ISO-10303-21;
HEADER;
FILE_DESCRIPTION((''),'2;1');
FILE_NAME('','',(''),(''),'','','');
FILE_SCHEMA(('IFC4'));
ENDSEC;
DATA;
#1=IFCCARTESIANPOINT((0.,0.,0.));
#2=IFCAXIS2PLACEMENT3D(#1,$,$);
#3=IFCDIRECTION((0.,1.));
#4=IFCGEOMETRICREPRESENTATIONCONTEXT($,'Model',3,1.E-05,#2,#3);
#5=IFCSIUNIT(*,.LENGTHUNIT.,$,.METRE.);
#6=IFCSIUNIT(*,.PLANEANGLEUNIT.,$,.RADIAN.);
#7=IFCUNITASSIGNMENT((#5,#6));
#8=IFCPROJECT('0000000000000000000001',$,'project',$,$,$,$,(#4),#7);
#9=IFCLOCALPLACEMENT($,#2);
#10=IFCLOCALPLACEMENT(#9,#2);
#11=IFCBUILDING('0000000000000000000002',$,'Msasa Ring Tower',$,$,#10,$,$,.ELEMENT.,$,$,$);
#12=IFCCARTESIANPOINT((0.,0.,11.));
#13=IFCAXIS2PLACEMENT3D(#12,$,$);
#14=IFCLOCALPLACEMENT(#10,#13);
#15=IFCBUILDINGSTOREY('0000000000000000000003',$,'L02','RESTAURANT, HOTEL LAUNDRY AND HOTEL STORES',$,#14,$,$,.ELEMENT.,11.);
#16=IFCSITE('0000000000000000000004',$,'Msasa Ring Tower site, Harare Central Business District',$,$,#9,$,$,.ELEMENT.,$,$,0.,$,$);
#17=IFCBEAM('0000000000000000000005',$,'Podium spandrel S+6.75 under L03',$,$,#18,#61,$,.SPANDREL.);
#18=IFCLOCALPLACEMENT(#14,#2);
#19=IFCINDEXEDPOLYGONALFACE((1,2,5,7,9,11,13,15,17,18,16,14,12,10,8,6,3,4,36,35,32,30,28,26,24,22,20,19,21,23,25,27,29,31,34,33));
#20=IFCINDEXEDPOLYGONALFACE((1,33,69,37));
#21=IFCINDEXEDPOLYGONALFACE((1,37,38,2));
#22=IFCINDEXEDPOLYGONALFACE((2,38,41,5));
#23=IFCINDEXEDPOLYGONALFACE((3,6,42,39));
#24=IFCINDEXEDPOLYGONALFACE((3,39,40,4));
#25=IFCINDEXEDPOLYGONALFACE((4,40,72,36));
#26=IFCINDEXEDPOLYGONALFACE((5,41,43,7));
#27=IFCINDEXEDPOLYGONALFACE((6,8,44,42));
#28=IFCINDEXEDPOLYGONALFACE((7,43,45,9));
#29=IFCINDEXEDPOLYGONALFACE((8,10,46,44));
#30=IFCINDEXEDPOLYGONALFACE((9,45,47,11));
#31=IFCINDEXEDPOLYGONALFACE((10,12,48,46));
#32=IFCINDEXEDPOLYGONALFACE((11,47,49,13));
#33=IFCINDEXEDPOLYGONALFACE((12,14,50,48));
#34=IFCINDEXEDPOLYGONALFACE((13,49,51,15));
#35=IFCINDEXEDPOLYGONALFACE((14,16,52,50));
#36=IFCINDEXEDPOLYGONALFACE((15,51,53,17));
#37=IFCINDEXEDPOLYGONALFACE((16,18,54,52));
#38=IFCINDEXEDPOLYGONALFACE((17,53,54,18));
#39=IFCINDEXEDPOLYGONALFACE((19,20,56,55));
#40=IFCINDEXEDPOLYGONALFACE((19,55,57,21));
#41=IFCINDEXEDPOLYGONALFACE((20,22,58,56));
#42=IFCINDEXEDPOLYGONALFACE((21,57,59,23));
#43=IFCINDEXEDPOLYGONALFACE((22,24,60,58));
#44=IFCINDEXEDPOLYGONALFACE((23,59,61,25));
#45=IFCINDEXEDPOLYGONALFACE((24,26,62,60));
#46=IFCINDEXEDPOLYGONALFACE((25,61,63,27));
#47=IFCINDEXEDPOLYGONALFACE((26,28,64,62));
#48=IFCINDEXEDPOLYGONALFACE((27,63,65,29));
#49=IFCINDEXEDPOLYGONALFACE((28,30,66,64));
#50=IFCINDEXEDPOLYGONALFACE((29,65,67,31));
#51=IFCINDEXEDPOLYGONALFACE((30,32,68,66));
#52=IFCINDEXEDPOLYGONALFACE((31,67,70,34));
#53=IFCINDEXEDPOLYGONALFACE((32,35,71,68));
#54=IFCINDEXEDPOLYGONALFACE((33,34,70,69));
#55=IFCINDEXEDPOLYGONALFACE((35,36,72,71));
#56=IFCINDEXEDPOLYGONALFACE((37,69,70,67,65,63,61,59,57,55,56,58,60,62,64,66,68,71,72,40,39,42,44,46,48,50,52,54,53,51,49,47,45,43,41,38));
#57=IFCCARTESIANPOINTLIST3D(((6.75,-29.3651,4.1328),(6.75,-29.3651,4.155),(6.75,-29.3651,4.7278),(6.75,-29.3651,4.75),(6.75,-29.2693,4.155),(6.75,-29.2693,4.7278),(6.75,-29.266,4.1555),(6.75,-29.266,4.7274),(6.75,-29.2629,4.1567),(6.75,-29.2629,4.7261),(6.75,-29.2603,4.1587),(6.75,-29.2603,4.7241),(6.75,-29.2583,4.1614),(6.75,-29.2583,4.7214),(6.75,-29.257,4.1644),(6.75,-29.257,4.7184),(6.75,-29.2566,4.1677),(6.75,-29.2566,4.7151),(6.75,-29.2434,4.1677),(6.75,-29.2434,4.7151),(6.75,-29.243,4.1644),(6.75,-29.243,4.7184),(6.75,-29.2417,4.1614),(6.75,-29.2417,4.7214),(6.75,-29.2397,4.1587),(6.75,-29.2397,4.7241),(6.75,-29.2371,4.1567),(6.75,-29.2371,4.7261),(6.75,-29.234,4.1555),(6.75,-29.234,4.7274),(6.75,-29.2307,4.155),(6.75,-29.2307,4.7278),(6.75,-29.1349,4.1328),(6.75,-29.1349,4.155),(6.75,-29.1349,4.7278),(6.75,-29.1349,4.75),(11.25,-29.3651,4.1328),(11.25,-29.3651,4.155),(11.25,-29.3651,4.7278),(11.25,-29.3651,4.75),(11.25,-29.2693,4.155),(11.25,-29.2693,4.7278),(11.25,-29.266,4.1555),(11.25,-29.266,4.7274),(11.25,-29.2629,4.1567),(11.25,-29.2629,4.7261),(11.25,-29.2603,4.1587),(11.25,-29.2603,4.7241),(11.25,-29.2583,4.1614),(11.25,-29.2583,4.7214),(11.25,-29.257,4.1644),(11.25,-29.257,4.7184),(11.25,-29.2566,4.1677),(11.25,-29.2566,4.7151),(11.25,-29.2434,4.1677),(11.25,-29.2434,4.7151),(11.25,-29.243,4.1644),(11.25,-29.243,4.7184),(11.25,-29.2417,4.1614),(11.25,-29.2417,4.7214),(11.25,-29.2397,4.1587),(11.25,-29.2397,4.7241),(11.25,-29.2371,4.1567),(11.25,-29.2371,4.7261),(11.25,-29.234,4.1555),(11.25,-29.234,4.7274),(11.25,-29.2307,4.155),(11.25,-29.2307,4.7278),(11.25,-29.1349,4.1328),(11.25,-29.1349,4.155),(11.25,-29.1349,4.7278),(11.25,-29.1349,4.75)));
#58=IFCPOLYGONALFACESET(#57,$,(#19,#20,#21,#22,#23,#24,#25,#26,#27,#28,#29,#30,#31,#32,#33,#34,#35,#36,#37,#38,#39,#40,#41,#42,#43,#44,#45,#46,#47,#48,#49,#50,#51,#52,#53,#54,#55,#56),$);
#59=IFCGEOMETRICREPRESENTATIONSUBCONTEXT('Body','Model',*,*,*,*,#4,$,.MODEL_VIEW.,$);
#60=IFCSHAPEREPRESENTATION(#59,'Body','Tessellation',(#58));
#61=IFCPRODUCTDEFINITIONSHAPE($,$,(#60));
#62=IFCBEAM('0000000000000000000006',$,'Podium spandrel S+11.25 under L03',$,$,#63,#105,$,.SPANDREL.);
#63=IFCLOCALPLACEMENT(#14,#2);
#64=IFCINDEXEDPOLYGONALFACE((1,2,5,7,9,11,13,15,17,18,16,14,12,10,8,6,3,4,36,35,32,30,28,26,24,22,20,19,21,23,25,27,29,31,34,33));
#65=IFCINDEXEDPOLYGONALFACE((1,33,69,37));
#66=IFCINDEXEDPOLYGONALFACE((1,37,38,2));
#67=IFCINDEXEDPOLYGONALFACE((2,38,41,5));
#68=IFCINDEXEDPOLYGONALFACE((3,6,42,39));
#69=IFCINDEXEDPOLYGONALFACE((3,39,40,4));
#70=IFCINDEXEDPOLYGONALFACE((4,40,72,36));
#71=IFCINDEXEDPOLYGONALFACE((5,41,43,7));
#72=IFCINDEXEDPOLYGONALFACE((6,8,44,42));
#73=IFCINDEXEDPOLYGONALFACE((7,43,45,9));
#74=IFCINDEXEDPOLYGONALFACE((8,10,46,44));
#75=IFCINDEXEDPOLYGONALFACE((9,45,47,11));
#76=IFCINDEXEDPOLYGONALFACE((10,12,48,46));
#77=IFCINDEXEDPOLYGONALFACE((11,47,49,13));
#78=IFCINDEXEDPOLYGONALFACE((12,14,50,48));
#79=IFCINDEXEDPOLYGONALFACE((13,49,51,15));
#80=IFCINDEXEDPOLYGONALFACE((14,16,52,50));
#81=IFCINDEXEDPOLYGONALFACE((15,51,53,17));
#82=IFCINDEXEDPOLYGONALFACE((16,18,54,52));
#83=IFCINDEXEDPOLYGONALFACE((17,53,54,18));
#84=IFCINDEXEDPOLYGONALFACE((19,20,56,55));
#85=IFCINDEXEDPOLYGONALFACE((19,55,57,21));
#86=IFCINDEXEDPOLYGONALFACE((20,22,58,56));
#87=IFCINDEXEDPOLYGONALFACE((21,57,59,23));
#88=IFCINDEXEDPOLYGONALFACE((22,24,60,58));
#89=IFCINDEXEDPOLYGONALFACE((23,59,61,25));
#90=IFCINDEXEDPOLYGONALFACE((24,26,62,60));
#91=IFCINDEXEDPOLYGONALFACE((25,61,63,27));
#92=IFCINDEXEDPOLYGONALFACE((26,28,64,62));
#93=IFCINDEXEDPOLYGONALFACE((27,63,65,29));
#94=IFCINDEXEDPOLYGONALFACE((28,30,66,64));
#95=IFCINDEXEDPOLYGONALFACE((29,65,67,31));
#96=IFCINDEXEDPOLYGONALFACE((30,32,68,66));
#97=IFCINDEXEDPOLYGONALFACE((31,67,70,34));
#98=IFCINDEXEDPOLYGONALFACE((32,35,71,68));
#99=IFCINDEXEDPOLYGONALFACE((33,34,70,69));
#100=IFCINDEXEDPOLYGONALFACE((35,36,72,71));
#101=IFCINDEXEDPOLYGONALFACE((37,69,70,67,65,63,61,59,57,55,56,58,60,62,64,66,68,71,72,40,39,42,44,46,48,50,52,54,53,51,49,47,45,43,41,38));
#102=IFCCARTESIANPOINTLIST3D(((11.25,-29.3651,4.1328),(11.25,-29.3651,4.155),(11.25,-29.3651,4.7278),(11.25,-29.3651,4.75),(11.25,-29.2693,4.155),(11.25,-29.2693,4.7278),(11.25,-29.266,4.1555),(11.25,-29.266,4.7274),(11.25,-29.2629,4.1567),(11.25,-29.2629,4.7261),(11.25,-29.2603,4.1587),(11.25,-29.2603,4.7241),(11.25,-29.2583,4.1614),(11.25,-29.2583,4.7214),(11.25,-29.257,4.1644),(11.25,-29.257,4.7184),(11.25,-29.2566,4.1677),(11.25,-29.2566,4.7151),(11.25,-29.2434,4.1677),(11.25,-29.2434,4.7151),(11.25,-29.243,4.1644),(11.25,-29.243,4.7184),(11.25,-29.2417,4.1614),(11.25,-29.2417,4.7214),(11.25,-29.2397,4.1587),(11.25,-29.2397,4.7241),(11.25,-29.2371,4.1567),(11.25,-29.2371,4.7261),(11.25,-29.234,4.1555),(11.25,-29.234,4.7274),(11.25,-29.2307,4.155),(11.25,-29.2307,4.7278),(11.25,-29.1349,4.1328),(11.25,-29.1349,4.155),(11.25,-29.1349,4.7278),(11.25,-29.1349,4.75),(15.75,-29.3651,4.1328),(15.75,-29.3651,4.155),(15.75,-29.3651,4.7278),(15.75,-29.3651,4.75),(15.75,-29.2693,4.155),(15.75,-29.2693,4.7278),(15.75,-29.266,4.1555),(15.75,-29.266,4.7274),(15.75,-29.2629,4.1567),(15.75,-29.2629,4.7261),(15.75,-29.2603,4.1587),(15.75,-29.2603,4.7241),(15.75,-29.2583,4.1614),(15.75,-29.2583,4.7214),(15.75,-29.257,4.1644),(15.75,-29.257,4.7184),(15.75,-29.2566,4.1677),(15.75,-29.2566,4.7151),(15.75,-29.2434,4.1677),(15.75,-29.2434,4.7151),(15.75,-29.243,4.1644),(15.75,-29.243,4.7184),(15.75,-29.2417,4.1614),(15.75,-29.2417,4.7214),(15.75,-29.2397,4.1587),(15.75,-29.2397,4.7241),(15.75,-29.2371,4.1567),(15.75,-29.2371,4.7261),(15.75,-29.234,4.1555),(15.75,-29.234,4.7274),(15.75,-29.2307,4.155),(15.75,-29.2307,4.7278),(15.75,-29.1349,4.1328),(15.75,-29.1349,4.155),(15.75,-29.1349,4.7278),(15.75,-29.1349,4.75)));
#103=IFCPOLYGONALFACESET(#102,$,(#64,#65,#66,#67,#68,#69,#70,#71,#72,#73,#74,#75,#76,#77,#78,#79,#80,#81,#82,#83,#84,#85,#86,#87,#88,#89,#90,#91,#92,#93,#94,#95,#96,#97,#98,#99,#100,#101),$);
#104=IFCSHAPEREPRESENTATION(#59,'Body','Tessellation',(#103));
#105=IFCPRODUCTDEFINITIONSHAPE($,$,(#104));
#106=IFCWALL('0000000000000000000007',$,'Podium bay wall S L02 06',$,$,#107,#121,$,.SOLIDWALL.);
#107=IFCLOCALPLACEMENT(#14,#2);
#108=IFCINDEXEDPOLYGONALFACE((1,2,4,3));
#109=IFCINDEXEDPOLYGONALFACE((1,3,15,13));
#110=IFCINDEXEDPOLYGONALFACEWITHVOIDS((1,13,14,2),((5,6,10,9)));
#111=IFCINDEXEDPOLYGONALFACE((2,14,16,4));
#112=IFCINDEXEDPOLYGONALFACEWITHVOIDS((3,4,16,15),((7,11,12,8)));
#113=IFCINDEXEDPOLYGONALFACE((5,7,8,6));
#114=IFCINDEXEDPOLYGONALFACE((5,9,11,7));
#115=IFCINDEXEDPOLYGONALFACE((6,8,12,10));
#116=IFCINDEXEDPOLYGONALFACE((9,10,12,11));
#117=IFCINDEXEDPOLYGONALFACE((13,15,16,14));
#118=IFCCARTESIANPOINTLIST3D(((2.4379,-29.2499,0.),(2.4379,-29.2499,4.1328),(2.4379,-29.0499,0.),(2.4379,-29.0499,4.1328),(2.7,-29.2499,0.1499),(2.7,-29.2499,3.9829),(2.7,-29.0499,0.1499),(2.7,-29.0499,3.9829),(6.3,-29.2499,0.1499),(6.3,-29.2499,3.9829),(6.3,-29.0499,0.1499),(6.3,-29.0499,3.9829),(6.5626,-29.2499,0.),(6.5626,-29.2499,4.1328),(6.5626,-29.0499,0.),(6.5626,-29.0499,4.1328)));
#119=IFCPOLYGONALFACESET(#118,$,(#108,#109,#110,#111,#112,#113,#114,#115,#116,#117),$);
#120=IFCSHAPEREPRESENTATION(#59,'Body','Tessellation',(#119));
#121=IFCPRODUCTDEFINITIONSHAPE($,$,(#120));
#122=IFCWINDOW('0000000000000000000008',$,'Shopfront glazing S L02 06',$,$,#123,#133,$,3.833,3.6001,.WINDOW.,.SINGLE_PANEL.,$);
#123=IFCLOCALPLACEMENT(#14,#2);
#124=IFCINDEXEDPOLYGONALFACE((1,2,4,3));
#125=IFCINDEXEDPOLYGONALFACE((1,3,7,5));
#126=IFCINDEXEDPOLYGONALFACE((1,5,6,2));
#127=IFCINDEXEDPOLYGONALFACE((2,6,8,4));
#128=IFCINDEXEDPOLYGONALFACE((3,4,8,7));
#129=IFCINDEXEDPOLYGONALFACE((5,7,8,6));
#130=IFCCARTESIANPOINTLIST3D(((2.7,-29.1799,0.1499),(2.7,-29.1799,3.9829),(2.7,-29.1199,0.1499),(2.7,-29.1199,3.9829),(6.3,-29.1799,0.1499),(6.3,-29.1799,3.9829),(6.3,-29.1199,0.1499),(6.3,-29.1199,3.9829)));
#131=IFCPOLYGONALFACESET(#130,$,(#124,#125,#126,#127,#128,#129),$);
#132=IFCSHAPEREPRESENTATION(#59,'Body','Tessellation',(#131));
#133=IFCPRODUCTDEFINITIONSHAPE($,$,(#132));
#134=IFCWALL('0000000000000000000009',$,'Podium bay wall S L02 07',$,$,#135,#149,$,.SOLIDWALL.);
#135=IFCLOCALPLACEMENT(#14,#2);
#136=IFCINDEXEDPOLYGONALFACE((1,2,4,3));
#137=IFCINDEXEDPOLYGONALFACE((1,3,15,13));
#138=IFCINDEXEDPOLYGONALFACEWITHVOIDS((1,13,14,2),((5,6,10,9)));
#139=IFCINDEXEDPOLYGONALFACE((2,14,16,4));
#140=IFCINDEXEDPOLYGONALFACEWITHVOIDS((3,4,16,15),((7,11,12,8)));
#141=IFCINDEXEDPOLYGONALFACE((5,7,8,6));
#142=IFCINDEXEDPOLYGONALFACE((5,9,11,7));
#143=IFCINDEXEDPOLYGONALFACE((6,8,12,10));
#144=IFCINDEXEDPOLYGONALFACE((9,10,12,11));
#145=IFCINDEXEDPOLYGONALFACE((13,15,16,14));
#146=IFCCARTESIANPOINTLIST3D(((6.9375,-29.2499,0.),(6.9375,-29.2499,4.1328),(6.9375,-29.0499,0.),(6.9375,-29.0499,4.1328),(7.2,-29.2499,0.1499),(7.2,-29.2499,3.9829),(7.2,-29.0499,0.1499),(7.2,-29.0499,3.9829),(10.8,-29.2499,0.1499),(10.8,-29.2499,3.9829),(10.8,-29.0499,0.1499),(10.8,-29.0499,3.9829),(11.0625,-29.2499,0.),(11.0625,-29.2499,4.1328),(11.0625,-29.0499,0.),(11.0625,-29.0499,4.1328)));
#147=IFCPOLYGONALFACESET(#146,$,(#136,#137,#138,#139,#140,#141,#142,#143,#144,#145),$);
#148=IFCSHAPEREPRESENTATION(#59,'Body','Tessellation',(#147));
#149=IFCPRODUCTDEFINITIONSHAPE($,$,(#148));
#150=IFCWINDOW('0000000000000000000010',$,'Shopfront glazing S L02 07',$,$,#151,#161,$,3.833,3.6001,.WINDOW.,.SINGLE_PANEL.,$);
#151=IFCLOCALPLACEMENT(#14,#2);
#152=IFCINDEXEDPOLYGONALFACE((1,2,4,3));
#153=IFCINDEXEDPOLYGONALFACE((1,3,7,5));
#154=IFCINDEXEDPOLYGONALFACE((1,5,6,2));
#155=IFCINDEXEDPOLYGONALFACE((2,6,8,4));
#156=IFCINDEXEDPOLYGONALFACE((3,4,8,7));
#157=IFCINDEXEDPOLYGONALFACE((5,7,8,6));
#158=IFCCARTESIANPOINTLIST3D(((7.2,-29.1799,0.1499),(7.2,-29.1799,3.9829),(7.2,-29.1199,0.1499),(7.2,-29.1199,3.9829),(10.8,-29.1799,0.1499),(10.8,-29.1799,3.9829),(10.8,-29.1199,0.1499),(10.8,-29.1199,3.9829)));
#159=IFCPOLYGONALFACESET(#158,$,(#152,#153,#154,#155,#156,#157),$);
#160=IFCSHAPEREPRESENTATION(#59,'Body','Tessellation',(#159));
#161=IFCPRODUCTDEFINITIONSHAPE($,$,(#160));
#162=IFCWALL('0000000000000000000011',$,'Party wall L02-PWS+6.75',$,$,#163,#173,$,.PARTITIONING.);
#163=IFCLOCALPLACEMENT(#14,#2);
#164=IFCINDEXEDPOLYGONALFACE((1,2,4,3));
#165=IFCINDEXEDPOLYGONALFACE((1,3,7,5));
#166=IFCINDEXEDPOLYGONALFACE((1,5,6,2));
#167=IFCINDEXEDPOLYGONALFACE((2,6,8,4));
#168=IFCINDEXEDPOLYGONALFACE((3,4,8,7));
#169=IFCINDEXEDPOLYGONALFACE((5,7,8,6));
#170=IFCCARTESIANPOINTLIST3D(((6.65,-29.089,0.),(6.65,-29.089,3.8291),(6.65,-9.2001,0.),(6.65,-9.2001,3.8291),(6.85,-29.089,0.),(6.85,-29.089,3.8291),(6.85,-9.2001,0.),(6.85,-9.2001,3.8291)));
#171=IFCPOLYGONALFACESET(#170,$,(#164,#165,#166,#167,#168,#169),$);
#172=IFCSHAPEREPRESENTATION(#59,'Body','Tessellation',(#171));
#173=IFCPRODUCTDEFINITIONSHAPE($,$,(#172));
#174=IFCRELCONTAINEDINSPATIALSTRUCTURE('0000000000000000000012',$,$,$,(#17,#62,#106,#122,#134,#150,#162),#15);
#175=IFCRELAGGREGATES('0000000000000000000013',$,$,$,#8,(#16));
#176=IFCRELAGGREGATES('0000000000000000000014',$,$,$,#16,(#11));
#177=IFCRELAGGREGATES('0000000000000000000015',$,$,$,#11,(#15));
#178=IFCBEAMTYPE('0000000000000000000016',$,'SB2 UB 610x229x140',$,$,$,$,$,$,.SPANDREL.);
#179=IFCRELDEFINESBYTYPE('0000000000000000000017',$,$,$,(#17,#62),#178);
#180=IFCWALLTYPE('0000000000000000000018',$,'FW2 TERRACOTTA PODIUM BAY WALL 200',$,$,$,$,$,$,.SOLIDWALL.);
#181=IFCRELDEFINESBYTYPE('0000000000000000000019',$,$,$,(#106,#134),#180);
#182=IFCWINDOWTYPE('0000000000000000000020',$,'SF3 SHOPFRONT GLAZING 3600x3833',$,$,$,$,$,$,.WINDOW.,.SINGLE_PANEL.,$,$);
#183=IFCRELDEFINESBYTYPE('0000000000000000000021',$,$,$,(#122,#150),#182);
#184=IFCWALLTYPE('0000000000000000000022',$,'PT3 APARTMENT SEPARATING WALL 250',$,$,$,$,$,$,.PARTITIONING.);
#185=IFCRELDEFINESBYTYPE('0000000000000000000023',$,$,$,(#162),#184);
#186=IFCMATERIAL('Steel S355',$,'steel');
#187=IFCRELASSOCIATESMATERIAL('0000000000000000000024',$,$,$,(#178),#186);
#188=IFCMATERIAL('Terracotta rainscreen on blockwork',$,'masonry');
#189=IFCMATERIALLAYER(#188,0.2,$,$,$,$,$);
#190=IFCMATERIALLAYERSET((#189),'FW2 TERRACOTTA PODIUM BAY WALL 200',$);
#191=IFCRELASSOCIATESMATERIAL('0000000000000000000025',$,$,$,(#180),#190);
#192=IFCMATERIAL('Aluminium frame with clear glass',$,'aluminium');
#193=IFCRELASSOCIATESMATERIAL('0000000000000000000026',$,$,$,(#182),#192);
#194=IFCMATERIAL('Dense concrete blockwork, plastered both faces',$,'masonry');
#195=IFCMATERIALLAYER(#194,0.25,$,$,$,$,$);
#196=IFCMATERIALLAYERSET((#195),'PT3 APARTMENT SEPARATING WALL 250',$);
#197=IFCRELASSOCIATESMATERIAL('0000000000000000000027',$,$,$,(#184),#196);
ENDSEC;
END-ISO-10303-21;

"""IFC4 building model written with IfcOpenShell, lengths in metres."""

from ifc_helpers import new_model, si_unit, direction, frame, frame_2d, origin, origin_2d, place, context, subcontext, project, spatial, rectangle, i_section, extrude, material, layer, layer_set, material_profile, profile_set, type_object, element, fill, save


model = new_model("IFC4")

# Units and contexts
model_context = context("Model", 3, precision=1e-05, world=origin(), true_north=direction((0.0, 1.0)))
body_context = subcontext(model_context, "Body", "Model", "MODEL_VIEW")
ifc_project = project(units=[si_unit("LENGTHUNIT", "METRE"), si_unit("PLANEANGLEUNIT", "RADIAN")], contexts=[model_context])

# Site, building, storey
site_placement = place(None, origin())
site = spatial("IfcSite", under=ifc_project, at=site_placement, Name="Msasa Ring Tower site, Harare Central Business District", CompositionType="ELEMENT", RefElevation=0.0)
building_placement = place(site_placement, origin())
building = spatial("IfcBuilding", under=site, at=building_placement, Name="Msasa Ring Tower", CompositionType="ELEMENT")
storey_placement = place(building_placement, frame((0.0, 0.0, 11.0)))
storey = spatial("IfcBuildingStorey", under=building, at=storey_placement, Name="L02", Description="RESTAURANT, HOTEL LAUNDRY AND HOTEL STORES", CompositionType="ELEMENT", Elevation=11.0)

# Beams
ifc_material_1 = material(Name="Steel S355", Category="steel")
ifc_material_profile_1 = material_profile(ifc_material_1, i_section(OverallWidth=0.2302, OverallDepth=0.6172, WebThickness=0.0132, FlangeThickness=0.0222, FilletRadius=0.0127, at=origin_2d()), Name="UB 610x229x140")
ifc_profile_set_1 = profile_set([ifc_material_profile_1], Name="Steel S355")
beam_type_1 = type_object("IfcBeamType", Name="SB2 UB 610x229x140", PredefinedType="SPANDREL", material=ifc_profile_set_1)
for number, where, z_axis, x_axis, name in (
    (1, (6.75, -29.25, 4.4414), (1.0, 0.0, 0.0), (0.0, 1.0, 0.0), "Podium spandrel S+6.75 under L03"),
    (2, (11.25, -29.25, 4.4414), (1.0, 0.0, 0.0), (0.0, 1.0, 0.0), "Podium spandrel S+11.25 under L03"),
):
    element("IfcBeam", number, at=place(storey_placement, frame(where, z_axis=z_axis, x_axis=x_axis)), inside=storey, type_object=beam_type_1, Name=name, PredefinedType="SPANDREL", context=body_context, shape_type="SweptSolid", body=[
        extrude(i_section(OverallWidth=0.2302, OverallDepth=0.6172, WebThickness=0.0132, FlangeThickness=0.0222, FilletRadius=0.0127, at=origin_2d()), origin(), (0.0, 0.0, 1.0), 4.5),
    ])

# Walls, openings, windows
ifc_material_2 = material(Name="Terracotta rainscreen on blockwork", Category="masonry")
ifc_layer_1 = layer(ifc_material_2, 0.2)
ifc_layer_set_1 = layer_set([ifc_layer_1], Name="FW2 TERRACOTTA PODIUM BAY WALL 200")
wall_type_1 = type_object("IfcWallType", Name="FW2 TERRACOTTA PODIUM BAY WALL 200", PredefinedType="SOLIDWALL", material=ifc_layer_set_1)
wall_1_placement = place(storey_placement, frame((2.4377, -29.1499, 0.0), z_axis=(0.0, 0.0, 1.0), x_axis=(1.0, 0.0, 0.0)))
wall_1 = element("IfcWall", 3, at=wall_1_placement, inside=storey, type_object=wall_type_1, Name="Podium bay wall S L02 06", PredefinedType="SOLIDWALL", context=body_context, shape_type="SweptSolid", body=[
    extrude(rectangle(XDim=4.1248, YDim=0.2, at=frame_2d((2.0625, 0.0))), origin(), (0.0, 0.0, 1.0), 4.1328),
])
opening_1_placement = place(wall_1_placement, frame((0.2622, 0.0, 0.1499)))
opening_1 = element("IfcOpeningElement", 4, at=opening_1_placement, cuts=wall_1, PredefinedType="OPENING", context=body_context, shape_type="SweptSolid", body=[
    extrude(rectangle(XDim=3.6001, YDim=3.833, at=frame_2d((1.8, 1.9165))), frame((0.0, 0.1099, 0.0), z_axis=(0.0, -1.0, 0.0), x_axis=(1.0, 0.0, 0.0)), (0.0, 0.0, 1.0), 0.22),
])
ifc_material_3 = material(Name="Aluminium frame with clear glass", Category="aluminium")
window_type = type_object("IfcWindowType", Name="SF3 SHOPFRONT GLAZING 3600x3833", PartitioningType="SINGLE_PANEL", PredefinedType="WINDOW", material=ifc_material_3)
window_1_placement = place(opening_1_placement, origin())
window_1 = element("IfcWindow", 5, at=window_1_placement, inside=storey, type_object=window_type, Name="Shopfront glazing S L02 06", OverallHeight=3.833, OverallWidth=3.6001, PartitioningType="SINGLE_PANEL", PredefinedType="WINDOW", context=body_context, shape_type="SweptSolid", body=[
    extrude(rectangle(XDim=3.6001, YDim=3.833, at=frame_2d((1.8, 1.9165))), frame((0.0, 0.03, 0.0), z_axis=(0.0, -1.0, 0.0), x_axis=(1.0, 0.0, 0.0)), (0.0, 0.0, 1.0), 0.0601),
])
fill(opening_1, window_1)
wall_2_placement = place(storey_placement, frame((6.9375, -29.1499, 0.0), z_axis=(0.0, 0.0, 1.0), x_axis=(1.0, 0.0, 0.0)))
wall_2 = element("IfcWall", 6, at=wall_2_placement, inside=storey, type_object=wall_type_1, Name="Podium bay wall S L02 07", PredefinedType="SOLIDWALL", context=body_context, shape_type="SweptSolid", body=[
    extrude(rectangle(XDim=4.125, YDim=0.2, at=frame_2d((2.0625, 0.0))), origin(), (0.0, 0.0, 1.0), 4.1328),
])
opening_2_placement = place(wall_2_placement, frame((0.2625, 0.0, 0.1499)))
opening_2 = element("IfcOpeningElement", 7, at=opening_2_placement, cuts=wall_2, PredefinedType="OPENING", context=body_context, shape_type="SweptSolid", body=[
    extrude(rectangle(XDim=3.6001, YDim=3.833, at=frame_2d((1.8, 1.9165))), frame((0.0, 0.1099, 0.0), z_axis=(0.0, -1.0, 0.0), x_axis=(1.0, 0.0, 0.0)), (0.0, 0.0, 1.0), 0.22),
])
window_2_placement = place(opening_2_placement, origin())
window_2 = element("IfcWindow", 8, at=window_2_placement, inside=storey, type_object=window_type, Name="Shopfront glazing S L02 07", OverallHeight=3.833, OverallWidth=3.6001, PartitioningType="SINGLE_PANEL", PredefinedType="WINDOW", context=body_context, shape_type="SweptSolid", body=[
    extrude(rectangle(XDim=3.6001, YDim=3.833, at=frame_2d((1.8, 1.9165))), frame((0.0, 0.03, 0.0), z_axis=(0.0, -1.0, 0.0), x_axis=(1.0, 0.0, 0.0)), (0.0, 0.0, 1.0), 0.0601),
])
fill(opening_2, window_2)

# Wall
ifc_material_4 = material(Name="Dense concrete blockwork, plastered both faces", Category="masonry")
ifc_layer_2 = layer(ifc_material_4, 0.25)
ifc_layer_set_2 = layer_set([ifc_layer_2], Name="PT3 APARTMENT SEPARATING WALL 250")
wall_type_2 = type_object("IfcWallType", Name="PT3 APARTMENT SEPARATING WALL 250", PredefinedType="PARTITIONING", material=ifc_layer_set_2)
wall_3_placement = place(storey_placement, frame((6.75, -29.0889, 0.0), z_axis=(0.0, 0.0, 1.0), x_axis=(0.0, 1.0, 0.0)))
element("IfcWall", 9, at=wall_3_placement, inside=storey, type_object=wall_type_2, Name="Party wall L02-PWS+6.75", PredefinedType="PARTITIONING", context=body_context, shape_type="SweptSolid", body=[
    extrude(rectangle(XDim=19.8889, YDim=0.2, at=frame_2d((9.9443, 0.0))), origin(), (0.0, 0.0, 1.0), 3.8291),
])

save(model, "model.ifc")
